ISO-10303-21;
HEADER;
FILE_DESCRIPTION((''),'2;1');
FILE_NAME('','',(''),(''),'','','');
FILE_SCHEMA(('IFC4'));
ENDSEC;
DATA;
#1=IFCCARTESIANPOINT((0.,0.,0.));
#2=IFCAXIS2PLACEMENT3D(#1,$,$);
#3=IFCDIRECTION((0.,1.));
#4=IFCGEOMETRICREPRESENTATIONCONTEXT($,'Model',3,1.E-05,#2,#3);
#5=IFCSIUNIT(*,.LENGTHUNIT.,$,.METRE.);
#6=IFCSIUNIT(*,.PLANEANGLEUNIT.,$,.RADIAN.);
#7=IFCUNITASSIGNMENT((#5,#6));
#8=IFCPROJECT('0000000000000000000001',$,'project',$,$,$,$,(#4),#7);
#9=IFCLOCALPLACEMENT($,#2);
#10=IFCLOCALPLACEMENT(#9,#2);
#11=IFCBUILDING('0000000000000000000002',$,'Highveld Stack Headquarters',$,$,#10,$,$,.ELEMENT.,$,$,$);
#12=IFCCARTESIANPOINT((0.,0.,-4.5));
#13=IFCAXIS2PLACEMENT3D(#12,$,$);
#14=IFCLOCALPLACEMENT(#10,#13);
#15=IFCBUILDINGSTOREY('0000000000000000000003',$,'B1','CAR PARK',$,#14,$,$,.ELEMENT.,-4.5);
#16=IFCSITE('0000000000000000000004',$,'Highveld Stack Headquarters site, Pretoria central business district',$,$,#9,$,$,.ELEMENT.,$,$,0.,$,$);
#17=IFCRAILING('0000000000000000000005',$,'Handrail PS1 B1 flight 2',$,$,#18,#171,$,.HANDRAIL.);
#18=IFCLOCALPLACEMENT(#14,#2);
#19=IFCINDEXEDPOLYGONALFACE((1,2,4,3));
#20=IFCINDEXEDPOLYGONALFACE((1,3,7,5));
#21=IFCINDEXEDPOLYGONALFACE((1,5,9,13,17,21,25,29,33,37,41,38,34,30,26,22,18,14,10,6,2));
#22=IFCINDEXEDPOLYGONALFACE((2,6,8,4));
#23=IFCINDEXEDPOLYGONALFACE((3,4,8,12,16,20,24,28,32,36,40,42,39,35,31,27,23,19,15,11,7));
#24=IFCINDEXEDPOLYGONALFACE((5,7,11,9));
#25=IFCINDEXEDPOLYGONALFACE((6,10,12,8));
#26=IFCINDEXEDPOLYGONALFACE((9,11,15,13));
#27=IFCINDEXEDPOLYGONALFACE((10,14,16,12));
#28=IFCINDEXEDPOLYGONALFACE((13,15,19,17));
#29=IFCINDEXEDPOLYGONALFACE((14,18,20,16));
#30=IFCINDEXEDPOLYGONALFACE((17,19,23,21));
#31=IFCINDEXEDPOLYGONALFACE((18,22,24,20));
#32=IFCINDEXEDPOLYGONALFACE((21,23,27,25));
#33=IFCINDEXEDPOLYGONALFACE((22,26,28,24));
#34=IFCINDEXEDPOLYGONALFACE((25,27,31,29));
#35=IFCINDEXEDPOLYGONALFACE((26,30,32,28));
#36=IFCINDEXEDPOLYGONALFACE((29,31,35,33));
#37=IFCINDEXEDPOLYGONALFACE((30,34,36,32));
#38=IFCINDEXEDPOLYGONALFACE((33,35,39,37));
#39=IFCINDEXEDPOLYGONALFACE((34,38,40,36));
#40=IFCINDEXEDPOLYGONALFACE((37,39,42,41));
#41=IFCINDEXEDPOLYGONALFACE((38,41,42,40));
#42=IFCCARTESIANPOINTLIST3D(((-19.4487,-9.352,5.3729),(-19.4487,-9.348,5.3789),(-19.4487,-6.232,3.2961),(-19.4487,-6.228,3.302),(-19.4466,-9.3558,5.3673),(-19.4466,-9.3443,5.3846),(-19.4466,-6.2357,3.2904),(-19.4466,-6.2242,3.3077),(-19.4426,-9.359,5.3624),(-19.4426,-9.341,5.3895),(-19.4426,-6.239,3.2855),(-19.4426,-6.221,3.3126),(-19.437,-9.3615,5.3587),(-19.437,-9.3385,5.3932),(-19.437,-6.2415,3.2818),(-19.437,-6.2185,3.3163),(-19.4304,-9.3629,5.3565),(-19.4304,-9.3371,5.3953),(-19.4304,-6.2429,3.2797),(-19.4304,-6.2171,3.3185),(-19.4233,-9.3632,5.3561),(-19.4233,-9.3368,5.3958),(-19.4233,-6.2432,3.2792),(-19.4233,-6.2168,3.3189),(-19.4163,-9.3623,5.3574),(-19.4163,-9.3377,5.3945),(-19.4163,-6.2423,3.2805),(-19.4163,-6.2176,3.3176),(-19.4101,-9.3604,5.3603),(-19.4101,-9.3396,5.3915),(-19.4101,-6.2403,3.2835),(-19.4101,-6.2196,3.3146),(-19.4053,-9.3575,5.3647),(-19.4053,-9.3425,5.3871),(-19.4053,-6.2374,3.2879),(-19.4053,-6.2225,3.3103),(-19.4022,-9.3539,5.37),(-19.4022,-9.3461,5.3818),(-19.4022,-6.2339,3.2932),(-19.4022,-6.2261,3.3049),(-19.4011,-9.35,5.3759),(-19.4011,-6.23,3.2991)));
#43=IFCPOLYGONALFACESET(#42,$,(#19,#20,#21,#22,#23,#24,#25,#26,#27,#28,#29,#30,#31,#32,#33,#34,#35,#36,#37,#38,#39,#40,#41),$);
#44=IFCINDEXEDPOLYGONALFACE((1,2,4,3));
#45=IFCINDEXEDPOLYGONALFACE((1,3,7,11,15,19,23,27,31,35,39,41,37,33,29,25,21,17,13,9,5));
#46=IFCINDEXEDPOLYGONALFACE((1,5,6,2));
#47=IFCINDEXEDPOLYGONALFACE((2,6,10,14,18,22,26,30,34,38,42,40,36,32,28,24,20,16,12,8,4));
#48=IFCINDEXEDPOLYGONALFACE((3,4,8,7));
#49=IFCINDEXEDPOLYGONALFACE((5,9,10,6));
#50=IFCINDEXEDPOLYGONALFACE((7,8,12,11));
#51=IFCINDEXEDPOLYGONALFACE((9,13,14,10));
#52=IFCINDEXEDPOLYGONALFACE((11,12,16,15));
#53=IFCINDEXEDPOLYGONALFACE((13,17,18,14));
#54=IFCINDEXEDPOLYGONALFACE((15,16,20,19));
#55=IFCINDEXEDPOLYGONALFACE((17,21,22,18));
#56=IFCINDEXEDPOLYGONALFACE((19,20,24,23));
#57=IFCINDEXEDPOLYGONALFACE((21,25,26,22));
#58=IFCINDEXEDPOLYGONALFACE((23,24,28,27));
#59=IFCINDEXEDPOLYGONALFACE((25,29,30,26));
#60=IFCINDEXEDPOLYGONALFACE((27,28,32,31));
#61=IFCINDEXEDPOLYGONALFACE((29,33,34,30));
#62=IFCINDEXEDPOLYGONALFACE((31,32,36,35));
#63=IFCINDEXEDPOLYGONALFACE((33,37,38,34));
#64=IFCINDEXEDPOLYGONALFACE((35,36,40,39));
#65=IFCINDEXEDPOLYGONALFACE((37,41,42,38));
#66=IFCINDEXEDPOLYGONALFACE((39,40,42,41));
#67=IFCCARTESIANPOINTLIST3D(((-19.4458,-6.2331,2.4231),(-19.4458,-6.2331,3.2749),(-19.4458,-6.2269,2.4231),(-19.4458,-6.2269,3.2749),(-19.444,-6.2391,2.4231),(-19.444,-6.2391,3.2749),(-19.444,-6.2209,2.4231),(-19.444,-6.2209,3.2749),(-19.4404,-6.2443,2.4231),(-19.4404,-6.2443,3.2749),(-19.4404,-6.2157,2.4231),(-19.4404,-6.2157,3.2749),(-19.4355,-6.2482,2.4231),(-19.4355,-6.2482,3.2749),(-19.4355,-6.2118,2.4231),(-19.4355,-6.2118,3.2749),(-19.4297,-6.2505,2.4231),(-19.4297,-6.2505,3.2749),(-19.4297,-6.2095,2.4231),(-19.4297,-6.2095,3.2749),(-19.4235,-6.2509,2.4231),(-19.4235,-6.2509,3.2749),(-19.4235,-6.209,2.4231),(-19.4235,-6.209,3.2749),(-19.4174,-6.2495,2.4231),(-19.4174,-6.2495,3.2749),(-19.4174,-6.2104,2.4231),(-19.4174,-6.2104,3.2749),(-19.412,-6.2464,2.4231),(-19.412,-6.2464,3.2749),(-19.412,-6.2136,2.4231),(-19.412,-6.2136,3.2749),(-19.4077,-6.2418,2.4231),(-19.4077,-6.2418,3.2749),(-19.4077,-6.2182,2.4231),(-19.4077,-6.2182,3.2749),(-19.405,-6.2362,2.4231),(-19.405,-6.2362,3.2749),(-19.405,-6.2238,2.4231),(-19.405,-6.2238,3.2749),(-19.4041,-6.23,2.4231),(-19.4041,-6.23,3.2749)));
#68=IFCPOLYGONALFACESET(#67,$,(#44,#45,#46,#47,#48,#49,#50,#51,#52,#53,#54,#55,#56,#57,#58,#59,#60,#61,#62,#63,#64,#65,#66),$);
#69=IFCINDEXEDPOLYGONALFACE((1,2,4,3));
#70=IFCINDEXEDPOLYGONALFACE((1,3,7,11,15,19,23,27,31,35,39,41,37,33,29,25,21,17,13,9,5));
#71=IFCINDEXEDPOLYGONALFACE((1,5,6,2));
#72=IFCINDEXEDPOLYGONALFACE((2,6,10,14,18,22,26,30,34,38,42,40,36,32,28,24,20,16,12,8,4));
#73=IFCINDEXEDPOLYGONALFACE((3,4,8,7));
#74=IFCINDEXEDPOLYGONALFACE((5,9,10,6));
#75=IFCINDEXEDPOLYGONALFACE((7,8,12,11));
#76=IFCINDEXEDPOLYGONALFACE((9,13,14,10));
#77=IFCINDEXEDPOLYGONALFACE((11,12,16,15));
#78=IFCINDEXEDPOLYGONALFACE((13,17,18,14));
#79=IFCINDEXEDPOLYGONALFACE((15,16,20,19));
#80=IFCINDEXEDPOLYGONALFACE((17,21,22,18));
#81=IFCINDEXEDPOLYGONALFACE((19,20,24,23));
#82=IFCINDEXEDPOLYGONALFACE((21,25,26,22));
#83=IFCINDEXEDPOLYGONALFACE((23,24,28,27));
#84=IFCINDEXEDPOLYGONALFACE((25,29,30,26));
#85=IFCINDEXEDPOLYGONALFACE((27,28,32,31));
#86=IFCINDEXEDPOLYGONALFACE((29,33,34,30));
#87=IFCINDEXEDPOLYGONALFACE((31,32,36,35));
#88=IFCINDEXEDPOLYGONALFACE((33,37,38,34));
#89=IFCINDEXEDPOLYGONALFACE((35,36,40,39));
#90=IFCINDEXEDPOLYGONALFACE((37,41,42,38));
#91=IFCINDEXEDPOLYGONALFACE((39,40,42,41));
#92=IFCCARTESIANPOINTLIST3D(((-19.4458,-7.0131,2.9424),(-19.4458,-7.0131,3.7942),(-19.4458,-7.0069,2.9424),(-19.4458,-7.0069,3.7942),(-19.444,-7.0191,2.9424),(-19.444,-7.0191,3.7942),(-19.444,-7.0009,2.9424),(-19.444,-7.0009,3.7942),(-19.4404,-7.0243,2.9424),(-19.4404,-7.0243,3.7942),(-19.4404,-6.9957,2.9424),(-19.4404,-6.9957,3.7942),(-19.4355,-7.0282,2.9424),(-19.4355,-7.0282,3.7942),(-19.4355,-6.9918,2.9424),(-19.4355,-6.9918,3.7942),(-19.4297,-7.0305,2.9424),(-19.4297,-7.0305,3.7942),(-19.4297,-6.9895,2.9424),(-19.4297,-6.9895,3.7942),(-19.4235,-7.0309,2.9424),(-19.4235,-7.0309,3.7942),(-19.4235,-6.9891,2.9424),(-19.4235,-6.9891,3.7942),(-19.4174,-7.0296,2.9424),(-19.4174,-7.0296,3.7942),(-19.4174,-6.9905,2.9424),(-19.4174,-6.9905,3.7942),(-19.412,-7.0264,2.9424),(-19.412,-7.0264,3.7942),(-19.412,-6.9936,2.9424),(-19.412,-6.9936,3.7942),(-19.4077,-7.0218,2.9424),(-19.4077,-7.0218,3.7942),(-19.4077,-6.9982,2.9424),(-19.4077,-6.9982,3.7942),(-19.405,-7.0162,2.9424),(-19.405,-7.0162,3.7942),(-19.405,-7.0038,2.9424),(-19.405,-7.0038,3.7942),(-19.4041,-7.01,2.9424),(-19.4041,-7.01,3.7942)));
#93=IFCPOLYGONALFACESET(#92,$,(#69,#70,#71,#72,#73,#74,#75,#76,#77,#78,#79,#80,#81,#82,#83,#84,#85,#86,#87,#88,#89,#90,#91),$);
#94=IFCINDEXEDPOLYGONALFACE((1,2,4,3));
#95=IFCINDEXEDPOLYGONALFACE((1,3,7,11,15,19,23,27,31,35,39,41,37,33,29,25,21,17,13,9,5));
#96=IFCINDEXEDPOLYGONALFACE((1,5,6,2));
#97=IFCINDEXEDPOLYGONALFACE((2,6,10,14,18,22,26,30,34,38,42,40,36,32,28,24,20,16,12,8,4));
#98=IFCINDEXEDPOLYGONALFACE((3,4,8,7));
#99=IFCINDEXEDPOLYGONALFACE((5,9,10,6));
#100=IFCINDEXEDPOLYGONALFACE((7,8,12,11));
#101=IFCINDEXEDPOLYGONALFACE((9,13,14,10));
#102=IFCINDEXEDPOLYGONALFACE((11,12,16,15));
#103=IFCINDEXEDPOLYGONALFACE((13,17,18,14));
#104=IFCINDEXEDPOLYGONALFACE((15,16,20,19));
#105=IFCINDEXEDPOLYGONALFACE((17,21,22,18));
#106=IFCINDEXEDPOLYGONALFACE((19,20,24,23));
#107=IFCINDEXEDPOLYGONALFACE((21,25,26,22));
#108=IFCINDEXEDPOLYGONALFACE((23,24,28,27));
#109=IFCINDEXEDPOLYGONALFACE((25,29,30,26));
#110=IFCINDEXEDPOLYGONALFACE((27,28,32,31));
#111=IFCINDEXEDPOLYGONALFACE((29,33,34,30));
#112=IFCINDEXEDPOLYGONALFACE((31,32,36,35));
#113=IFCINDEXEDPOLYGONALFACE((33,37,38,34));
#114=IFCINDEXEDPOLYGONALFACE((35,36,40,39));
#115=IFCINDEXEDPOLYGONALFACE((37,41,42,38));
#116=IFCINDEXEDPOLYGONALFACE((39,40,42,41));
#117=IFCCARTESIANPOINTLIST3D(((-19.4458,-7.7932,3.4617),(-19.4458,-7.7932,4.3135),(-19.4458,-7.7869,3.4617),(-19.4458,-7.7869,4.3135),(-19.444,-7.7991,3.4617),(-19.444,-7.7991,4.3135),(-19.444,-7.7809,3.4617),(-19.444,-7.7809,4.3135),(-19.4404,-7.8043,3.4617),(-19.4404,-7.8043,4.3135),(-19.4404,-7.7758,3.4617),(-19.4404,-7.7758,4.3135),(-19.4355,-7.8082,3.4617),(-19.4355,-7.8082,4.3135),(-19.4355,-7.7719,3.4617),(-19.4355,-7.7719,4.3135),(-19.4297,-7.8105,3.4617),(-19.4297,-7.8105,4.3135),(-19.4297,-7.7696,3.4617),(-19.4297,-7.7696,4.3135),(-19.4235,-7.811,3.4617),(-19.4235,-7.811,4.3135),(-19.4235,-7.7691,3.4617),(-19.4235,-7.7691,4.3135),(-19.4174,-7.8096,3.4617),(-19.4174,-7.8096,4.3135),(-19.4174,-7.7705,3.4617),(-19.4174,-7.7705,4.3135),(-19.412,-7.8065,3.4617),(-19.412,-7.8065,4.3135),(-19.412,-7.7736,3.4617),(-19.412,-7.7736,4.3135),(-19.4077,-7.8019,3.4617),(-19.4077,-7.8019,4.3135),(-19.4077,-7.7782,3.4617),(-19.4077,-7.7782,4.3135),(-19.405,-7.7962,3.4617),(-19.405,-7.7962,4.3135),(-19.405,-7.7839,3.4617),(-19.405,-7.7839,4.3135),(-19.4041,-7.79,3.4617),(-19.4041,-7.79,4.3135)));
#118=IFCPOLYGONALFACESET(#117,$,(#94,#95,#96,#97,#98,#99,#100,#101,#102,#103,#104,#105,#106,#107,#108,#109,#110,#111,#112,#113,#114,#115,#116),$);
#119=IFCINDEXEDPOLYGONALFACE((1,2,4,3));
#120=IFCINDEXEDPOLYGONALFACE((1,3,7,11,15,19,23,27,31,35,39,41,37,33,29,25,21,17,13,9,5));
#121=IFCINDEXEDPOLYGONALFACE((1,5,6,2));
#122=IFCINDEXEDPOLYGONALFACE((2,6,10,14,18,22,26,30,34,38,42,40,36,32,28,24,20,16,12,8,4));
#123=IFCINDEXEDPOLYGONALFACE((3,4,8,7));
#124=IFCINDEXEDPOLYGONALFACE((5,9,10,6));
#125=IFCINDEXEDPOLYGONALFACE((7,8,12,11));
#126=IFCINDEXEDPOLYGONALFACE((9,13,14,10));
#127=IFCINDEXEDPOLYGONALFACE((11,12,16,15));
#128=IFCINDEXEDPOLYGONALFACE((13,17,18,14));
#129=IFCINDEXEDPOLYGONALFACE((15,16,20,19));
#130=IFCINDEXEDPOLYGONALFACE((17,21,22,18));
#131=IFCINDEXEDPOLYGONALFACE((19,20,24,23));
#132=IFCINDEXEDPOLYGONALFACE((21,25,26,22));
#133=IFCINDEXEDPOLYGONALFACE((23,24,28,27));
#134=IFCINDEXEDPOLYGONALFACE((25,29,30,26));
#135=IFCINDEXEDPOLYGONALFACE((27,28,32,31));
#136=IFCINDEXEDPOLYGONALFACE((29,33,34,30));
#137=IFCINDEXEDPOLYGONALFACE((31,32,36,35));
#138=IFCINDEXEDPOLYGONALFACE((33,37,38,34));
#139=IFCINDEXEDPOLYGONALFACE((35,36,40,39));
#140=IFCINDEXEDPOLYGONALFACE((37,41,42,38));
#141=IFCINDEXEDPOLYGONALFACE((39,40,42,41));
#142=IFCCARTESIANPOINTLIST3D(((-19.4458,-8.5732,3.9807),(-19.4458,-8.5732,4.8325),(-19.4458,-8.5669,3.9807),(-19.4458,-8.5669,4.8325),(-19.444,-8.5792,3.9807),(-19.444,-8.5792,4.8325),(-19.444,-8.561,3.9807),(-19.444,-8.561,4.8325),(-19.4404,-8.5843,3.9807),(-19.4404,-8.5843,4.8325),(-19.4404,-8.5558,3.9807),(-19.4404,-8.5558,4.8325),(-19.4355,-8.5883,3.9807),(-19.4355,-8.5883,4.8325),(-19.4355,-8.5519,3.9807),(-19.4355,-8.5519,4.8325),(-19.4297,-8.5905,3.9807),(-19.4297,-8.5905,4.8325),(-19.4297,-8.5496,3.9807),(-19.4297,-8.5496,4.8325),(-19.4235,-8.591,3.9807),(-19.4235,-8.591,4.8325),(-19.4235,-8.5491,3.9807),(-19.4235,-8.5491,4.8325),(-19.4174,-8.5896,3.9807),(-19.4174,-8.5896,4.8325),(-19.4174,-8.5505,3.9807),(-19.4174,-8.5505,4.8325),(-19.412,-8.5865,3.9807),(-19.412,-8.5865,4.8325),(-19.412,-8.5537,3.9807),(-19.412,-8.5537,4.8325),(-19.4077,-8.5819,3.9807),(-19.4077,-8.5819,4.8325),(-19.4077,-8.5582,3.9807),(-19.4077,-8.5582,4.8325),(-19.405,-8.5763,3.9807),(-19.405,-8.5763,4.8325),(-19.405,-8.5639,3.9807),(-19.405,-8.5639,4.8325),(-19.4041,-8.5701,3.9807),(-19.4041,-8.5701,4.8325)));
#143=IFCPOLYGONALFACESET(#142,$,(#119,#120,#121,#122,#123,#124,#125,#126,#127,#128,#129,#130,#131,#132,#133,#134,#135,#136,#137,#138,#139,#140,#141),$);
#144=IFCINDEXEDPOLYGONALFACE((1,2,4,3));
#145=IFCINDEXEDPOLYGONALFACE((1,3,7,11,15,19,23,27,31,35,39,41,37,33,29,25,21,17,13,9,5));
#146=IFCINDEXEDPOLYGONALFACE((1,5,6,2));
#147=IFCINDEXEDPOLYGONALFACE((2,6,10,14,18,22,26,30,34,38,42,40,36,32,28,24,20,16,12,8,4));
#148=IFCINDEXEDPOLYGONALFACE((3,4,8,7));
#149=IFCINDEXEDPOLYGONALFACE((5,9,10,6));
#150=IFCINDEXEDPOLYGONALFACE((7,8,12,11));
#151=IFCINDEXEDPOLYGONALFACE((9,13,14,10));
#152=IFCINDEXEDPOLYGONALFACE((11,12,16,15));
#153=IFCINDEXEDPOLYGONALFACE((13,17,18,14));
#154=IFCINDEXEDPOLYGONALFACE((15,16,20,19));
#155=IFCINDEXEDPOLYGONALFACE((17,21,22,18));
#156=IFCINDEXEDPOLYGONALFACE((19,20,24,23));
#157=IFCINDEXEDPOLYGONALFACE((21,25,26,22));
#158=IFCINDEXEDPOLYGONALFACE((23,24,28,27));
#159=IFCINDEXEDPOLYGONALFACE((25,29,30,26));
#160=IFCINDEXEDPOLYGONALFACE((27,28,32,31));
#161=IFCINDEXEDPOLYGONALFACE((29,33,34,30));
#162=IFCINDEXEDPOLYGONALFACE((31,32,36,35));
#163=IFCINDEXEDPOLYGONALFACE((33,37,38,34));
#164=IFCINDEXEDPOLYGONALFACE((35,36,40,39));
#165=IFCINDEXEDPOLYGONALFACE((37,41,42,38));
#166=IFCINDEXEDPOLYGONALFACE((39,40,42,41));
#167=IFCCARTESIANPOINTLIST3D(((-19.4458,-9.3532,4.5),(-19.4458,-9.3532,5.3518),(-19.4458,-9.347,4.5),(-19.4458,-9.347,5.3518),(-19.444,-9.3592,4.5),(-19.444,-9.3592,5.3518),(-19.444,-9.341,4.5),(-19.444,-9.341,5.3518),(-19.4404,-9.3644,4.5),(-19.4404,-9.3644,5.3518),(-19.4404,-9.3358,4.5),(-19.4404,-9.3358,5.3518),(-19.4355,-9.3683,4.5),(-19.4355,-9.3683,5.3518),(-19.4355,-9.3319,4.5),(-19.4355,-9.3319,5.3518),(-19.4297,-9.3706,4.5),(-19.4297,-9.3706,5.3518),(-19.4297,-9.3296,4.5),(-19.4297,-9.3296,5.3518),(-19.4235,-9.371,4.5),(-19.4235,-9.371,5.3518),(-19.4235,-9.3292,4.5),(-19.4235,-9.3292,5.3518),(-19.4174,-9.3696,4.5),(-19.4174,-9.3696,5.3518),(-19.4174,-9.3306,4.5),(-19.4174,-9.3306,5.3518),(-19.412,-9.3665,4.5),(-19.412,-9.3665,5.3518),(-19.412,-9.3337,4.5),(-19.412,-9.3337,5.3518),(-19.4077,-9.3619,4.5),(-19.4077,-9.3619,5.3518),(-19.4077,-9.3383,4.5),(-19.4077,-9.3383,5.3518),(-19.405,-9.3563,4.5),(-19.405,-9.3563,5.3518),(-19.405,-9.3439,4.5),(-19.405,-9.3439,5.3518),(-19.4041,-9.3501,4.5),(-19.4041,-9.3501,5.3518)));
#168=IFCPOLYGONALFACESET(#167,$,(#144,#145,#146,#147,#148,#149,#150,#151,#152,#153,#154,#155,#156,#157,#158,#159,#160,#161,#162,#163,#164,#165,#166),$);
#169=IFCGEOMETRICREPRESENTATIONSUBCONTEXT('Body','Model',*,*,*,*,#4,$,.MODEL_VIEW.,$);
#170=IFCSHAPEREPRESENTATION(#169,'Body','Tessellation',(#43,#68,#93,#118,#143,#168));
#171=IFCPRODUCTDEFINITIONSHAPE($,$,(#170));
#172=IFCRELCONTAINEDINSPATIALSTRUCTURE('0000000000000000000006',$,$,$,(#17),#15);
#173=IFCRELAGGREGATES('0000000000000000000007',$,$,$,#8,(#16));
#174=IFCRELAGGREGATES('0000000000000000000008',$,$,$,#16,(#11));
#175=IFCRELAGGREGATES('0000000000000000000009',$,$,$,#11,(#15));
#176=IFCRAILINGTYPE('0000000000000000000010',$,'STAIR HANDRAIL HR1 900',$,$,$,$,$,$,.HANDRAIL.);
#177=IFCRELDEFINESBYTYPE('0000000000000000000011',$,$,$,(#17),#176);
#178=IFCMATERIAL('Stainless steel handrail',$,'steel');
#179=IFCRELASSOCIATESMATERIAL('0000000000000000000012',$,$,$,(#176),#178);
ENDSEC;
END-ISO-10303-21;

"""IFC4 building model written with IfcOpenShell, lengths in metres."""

from ifc_helpers import new_model, si_unit, direction, frame, origin, origin_2d, place, context, subcontext, project, spatial, circle, extrude, material, type_object, element, save


model = new_model("IFC4")

# Units and contexts
model_context = context("Model", 3, precision=1e-05, world=origin(), true_north=direction((0.0, 1.0)))
body_context = subcontext(model_context, "Body", "Model", "MODEL_VIEW")
ifc_project = project(units=[si_unit("LENGTHUNIT", "METRE"), si_unit("PLANEANGLEUNIT", "RADIAN")], contexts=[model_context])

# Site, building, storey
site_placement = place(None, origin())
site = spatial("IfcSite", under=ifc_project, at=site_placement, Name="Highveld Stack Headquarters site, Pretoria central business district", CompositionType="ELEMENT", RefElevation=0.0)
building_placement = place(site_placement, origin())
building = spatial("IfcBuilding", under=site, at=building_placement, Name="Highveld Stack Headquarters", CompositionType="ELEMENT")
storey_placement = place(building_placement, frame((0.0, 0.0, -4.5)))
storey = spatial("IfcBuildingStorey", under=building, at=storey_placement, Name="B1", Description="CAR PARK", CompositionType="ELEMENT", Elevation=-4.5)

# Railing
ifc_material_1 = material(Name="Stainless steel handrail", Category="steel")
railing_type_1 = type_object("IfcRailingType", Name="STAIR HANDRAIL HR1 900", PredefinedType="HANDRAIL", material=ifc_material_1)
for number, where, name in (
    (1, (-19.425, -6.23, 2.4231), "Handrail PS1 B1 flight 2"),
):
    element("IfcRailing", number, at=place(storey_placement, frame(where)), inside=storey, type_object=railing_type_1, Name=name, PredefinedType="HANDRAIL", context=body_context, shape_type="SweptSolid", body=[
        extrude(circle(Radius=0.0239, at=origin_2d()), frame((0.0, 0.0, 0.876), z_axis=(0.0, -0.832441, 0.554114), x_axis=(1.0, 0.0, 0.0)), (0.0, 0.0, 1.0), 3.748),
        extrude(circle(Radius=0.021, at=origin_2d()), origin(), (0.0, 0.0, 1.0), 0.8518),
        extrude(circle(Radius=0.021, at=origin_2d()), frame((0.0, -0.78, 0.5193)), (0.0, 0.0, 1.0), 0.8518),
        extrude(circle(Radius=0.021, at=origin_2d()), frame((0.0, -1.5601, 1.0386)), (0.0, 0.0, 1.0), 0.8518),
        extrude(circle(Radius=0.021, at=origin_2d()), frame((0.0, -2.3401, 1.5576)), (0.0, 0.0, 1.0), 0.8518),
        extrude(circle(Radius=0.021, at=origin_2d()), frame((0.0, -3.1201, 2.0769)), (0.0, 0.0, 1.0), 0.8518),
    ])

save(model, "model.ifc")
